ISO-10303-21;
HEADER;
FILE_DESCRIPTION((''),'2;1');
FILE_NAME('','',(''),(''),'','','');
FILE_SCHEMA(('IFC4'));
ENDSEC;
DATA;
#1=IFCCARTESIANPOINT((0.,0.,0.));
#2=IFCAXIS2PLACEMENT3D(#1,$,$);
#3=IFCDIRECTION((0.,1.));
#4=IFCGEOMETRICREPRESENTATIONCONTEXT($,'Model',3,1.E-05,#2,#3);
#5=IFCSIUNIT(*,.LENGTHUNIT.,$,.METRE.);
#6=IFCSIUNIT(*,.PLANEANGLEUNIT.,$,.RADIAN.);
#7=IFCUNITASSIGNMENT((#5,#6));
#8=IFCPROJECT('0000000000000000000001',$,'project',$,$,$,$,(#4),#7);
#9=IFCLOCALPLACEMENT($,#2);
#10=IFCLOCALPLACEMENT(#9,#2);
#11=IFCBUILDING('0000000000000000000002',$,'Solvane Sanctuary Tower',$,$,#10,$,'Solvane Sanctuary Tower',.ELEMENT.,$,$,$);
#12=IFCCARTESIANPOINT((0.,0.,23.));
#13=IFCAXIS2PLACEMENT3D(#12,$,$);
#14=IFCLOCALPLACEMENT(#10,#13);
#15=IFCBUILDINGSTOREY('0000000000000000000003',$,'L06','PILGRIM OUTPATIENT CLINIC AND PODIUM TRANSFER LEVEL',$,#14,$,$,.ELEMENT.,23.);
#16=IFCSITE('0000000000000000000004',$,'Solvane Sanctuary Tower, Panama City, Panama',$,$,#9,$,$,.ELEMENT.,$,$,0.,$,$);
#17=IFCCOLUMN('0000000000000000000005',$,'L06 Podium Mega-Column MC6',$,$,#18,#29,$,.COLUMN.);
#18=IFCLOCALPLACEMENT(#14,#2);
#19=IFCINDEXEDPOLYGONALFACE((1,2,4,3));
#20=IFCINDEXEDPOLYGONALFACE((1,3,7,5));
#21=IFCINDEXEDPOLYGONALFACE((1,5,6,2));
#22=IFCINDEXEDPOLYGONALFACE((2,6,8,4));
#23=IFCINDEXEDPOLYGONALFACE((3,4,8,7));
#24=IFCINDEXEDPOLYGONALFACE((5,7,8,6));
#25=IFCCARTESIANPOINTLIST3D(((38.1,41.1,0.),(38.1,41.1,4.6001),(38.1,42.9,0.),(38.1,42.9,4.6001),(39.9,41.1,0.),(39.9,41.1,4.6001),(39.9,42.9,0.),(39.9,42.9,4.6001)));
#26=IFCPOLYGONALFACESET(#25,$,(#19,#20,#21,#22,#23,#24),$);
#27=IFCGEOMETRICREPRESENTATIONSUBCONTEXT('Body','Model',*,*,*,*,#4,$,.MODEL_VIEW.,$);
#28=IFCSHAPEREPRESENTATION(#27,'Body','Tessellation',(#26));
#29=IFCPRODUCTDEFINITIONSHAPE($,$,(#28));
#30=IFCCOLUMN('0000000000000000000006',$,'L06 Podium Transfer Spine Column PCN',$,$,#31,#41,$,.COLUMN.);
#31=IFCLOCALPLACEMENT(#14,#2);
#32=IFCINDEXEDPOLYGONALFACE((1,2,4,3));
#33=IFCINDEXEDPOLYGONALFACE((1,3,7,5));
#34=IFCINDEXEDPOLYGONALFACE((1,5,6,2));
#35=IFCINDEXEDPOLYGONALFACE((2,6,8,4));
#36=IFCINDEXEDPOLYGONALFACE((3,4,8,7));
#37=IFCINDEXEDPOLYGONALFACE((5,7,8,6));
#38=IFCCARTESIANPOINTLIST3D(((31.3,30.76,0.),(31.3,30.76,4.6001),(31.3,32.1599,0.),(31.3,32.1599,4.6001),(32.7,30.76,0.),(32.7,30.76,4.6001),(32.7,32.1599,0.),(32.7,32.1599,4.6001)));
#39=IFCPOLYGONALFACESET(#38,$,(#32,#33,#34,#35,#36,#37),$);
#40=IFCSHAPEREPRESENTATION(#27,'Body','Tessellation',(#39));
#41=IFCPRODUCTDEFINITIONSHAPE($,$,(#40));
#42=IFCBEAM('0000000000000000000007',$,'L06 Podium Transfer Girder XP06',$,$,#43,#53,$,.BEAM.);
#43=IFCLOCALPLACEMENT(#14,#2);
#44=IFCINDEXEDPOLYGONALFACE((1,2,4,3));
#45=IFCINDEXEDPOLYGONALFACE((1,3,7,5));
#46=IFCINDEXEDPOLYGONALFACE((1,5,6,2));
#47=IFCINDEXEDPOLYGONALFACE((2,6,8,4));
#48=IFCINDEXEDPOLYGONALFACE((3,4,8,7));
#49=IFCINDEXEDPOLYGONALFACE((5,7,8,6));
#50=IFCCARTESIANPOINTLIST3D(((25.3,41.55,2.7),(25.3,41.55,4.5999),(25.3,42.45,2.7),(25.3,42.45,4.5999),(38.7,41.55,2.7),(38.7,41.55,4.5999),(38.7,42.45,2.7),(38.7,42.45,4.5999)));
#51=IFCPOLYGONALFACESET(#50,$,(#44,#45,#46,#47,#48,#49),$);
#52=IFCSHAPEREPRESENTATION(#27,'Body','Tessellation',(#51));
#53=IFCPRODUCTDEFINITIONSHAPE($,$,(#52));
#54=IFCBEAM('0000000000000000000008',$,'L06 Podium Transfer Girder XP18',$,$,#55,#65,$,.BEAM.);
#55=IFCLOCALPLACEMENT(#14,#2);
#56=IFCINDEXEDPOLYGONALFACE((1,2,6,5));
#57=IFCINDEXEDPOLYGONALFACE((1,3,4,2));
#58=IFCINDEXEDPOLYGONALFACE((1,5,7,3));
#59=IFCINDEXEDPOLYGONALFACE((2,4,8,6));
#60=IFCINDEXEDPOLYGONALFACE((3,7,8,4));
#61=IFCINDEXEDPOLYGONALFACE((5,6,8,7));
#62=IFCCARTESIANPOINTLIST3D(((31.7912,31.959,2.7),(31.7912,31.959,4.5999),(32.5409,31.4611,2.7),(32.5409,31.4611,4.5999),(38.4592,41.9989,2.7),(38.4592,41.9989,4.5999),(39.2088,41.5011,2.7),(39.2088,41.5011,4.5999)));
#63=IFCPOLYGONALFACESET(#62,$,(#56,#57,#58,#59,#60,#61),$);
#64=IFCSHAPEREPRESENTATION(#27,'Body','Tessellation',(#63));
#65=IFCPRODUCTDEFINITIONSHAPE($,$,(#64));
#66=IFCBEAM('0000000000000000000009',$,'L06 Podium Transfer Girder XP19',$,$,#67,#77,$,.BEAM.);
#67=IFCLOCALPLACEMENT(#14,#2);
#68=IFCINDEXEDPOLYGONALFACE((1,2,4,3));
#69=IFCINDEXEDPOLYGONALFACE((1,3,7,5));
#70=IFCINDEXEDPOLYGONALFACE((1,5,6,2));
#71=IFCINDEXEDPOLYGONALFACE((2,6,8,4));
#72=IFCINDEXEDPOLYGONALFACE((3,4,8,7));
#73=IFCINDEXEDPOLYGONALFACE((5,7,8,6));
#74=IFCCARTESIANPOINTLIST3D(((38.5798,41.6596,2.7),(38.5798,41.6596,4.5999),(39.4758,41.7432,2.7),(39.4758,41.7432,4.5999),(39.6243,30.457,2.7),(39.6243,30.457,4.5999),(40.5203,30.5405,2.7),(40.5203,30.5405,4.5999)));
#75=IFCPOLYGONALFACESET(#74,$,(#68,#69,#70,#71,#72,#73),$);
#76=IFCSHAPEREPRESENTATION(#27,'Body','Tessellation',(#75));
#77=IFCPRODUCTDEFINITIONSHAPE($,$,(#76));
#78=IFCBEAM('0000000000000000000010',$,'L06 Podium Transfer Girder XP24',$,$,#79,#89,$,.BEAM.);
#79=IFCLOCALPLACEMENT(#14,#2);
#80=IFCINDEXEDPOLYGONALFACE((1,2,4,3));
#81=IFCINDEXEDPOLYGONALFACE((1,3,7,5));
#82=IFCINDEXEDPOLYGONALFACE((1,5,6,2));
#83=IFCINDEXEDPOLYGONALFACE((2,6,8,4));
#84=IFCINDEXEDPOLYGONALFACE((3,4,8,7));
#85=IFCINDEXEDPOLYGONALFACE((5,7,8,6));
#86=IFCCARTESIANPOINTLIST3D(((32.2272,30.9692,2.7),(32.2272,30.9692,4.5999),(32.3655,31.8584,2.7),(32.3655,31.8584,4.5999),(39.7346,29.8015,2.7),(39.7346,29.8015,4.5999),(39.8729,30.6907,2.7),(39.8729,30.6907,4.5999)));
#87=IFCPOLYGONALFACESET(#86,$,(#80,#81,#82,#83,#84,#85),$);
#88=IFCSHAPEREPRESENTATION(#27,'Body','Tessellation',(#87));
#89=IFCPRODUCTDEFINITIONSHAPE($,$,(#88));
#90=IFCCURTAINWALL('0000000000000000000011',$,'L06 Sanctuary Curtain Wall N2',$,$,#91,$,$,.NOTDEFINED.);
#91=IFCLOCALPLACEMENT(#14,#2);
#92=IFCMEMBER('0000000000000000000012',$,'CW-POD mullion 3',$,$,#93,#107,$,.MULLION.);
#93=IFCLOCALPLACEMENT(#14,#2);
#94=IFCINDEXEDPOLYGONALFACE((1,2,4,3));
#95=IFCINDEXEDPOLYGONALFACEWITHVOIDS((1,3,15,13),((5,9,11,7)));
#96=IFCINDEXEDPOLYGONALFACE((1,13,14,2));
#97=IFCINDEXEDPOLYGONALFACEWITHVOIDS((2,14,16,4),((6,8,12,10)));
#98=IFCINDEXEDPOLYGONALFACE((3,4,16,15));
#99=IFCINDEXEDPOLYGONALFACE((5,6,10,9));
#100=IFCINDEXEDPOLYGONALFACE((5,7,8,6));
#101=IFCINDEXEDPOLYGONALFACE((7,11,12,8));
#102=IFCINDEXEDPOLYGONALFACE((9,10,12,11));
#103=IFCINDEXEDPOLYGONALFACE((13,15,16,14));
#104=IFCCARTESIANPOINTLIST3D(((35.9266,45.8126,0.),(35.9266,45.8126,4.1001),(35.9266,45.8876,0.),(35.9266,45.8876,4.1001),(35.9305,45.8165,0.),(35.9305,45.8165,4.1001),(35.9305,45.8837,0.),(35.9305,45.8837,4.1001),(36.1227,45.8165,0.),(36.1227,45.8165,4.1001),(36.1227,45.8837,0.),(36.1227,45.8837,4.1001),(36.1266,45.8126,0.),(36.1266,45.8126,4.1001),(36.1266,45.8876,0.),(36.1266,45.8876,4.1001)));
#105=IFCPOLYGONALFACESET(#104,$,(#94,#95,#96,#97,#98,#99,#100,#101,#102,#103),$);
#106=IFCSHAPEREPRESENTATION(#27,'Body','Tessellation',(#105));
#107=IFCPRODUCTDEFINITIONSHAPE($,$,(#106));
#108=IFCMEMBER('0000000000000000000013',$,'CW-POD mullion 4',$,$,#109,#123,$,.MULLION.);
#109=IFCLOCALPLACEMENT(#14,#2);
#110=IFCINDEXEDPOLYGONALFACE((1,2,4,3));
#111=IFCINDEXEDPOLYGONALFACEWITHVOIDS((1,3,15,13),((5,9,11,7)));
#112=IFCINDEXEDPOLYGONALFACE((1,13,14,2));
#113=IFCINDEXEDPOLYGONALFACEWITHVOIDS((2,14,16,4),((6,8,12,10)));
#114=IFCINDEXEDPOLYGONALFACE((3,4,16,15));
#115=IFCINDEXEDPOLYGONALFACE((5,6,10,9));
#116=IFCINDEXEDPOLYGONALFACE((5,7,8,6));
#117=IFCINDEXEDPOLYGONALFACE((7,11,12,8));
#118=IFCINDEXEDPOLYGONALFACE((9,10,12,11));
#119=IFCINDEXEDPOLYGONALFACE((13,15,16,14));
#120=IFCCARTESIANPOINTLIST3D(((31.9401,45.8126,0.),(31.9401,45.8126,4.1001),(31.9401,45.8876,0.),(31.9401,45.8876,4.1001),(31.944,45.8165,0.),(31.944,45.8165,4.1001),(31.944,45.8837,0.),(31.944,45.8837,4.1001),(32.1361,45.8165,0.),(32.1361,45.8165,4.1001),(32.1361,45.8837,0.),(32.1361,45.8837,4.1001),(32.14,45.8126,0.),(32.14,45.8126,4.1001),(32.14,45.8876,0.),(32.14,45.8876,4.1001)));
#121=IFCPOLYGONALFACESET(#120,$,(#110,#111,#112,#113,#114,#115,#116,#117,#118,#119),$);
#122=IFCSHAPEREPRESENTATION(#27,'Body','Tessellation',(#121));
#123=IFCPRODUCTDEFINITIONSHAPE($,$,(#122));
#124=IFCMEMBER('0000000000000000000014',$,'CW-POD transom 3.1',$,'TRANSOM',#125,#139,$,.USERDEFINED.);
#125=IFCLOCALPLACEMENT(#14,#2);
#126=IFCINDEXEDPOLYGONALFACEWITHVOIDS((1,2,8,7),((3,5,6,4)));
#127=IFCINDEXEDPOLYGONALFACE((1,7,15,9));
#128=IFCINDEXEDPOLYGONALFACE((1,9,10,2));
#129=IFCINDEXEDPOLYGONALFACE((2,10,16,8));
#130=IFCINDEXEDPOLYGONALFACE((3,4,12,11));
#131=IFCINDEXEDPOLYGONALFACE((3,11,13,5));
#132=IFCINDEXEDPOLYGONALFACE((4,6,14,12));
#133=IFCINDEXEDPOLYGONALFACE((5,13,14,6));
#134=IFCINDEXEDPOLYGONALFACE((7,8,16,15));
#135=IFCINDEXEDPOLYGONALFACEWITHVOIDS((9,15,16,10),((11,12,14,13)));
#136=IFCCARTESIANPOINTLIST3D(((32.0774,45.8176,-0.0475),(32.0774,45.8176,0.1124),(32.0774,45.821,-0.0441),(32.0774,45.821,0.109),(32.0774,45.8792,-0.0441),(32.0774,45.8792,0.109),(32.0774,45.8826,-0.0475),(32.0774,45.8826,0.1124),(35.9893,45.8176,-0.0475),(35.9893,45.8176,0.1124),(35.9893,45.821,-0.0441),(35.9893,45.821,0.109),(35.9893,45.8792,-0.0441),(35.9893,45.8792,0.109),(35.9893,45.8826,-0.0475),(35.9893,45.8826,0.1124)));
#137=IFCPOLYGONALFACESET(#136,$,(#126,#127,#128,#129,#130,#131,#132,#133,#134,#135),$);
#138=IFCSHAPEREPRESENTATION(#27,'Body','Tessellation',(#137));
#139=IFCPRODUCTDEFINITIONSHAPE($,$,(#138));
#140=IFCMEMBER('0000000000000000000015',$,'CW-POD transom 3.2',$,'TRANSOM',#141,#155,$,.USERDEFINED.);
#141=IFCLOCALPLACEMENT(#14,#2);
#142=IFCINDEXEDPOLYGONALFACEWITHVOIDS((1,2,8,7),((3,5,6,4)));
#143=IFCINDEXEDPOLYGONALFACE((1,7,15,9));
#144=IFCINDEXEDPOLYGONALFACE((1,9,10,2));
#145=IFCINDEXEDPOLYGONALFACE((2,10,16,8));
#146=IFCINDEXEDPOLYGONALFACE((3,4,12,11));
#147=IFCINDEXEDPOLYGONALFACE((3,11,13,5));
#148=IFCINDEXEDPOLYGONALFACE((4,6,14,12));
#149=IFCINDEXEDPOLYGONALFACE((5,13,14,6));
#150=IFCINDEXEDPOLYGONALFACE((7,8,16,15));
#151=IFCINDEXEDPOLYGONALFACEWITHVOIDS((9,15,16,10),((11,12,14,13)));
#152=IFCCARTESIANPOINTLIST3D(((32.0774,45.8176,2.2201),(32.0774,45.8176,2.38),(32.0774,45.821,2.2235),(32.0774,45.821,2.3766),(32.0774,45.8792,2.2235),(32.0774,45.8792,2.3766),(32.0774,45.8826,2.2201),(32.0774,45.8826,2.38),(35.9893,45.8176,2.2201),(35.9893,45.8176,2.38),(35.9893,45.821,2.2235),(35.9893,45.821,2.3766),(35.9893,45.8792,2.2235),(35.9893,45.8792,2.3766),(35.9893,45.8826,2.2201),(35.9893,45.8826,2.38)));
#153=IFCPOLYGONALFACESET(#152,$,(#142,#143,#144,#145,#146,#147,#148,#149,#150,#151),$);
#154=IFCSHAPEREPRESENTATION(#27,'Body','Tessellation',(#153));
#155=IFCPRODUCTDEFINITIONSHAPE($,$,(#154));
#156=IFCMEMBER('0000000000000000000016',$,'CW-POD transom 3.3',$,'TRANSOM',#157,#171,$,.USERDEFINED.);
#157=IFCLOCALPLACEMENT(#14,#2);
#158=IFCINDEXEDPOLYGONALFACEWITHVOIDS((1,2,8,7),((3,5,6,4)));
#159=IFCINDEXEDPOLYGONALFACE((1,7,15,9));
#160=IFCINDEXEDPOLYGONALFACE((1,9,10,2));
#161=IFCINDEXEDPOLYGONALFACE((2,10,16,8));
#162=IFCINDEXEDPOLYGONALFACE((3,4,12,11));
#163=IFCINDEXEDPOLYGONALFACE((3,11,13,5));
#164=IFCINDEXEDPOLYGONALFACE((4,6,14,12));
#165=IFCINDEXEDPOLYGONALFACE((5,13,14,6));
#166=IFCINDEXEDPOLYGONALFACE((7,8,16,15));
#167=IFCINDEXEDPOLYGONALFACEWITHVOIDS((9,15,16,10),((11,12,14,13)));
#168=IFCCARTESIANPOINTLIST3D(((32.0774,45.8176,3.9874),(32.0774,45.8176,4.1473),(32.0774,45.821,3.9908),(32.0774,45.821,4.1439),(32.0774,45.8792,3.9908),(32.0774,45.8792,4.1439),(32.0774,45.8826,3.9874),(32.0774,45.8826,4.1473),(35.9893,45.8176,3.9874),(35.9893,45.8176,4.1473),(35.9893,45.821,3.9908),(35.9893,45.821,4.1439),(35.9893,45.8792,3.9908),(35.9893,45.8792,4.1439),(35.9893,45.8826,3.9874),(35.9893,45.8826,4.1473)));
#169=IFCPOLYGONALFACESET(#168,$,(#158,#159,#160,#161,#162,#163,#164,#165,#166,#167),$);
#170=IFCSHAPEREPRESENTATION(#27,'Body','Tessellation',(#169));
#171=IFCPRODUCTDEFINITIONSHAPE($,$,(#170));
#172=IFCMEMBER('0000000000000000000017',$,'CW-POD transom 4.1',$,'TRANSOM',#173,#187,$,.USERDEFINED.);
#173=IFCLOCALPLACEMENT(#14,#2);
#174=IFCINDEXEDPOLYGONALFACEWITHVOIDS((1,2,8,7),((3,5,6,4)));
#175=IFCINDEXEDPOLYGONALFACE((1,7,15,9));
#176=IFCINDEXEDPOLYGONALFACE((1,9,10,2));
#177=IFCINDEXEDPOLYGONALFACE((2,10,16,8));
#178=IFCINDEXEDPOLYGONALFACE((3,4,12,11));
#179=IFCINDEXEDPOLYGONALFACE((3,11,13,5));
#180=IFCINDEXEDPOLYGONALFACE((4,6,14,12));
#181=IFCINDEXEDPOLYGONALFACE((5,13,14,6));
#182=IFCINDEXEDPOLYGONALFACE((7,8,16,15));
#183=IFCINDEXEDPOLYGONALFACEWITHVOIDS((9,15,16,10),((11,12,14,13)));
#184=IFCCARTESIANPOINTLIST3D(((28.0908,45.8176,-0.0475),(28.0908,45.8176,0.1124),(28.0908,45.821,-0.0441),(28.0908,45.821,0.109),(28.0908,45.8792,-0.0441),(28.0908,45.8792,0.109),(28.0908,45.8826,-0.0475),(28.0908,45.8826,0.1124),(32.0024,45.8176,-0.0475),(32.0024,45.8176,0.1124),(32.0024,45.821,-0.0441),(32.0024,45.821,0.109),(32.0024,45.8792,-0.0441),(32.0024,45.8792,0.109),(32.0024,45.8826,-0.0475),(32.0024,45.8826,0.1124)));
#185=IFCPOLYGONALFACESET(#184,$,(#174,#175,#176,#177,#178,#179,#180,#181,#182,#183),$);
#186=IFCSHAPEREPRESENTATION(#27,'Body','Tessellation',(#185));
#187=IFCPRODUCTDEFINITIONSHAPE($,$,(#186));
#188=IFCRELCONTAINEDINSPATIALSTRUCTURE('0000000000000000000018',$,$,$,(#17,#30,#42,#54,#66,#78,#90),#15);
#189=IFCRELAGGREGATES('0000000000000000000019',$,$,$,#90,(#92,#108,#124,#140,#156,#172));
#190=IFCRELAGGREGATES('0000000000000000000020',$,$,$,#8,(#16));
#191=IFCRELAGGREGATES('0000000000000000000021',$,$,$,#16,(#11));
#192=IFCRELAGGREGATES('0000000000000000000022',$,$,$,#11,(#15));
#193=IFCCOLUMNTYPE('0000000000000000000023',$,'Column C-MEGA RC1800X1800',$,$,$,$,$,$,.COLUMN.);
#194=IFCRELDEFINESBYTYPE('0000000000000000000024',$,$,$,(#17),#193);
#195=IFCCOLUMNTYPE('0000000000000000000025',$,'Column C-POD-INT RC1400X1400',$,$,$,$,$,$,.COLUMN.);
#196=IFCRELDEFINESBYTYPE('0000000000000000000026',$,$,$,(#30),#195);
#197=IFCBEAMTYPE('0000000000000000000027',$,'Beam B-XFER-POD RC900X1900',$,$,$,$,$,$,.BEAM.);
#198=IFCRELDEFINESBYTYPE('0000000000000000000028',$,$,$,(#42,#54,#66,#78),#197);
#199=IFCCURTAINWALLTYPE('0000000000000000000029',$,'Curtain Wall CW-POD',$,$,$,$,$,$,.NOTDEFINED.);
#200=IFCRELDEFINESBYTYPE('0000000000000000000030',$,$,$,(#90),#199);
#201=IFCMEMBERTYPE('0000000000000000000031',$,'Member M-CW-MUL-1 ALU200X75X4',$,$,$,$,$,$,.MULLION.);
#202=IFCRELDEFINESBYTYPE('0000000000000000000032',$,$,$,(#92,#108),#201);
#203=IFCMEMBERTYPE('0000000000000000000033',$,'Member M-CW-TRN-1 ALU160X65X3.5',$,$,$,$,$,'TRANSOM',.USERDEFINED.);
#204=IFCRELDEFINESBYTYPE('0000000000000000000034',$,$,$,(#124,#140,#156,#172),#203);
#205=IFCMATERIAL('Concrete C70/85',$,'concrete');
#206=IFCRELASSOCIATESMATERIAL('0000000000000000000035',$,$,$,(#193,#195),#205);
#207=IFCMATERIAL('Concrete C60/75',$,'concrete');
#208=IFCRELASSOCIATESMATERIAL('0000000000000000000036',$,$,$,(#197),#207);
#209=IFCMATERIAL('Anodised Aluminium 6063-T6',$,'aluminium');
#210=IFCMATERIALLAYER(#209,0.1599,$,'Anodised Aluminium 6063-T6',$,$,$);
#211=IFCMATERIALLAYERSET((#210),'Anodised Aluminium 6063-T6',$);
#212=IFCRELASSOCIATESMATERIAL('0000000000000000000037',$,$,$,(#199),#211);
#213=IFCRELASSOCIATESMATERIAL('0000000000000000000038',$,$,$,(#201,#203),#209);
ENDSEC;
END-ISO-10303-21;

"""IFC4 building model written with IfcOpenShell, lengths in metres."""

from ifc_helpers import new_model, si_unit, direction, frame, origin, origin_2d, place, context, subcontext, project, spatial, rectangle, hollow_rectangle, extrude, material, layer, layer_set, material_profile, profile_set, type_object, element, aggregate, save


model = new_model("IFC4")

# Units and contexts
model_context = context("Model", 3, precision=1e-05, world=origin(), true_north=direction((0.0, 1.0)))
body_context = subcontext(model_context, "Body", "Model", "MODEL_VIEW")
ifc_project = project(units=[si_unit("LENGTHUNIT", "METRE"), si_unit("PLANEANGLEUNIT", "RADIAN")], contexts=[model_context])

# Site, building, storey
site_placement = place(None, origin())
site = spatial("IfcSite", under=ifc_project, at=site_placement, Name="Solvane Sanctuary Tower, Panama City, Panama", CompositionType="ELEMENT", RefElevation=0.0)
building_placement = place(site_placement, origin())
building = spatial("IfcBuilding", under=site, at=building_placement, Name="Solvane Sanctuary Tower", LongName="Solvane Sanctuary Tower", CompositionType="ELEMENT")
storey_placement = place(building_placement, frame((0.0, 0.0, 23.0)))
storey = spatial("IfcBuildingStorey", under=building, at=storey_placement, Name="L06", Description="PILGRIM OUTPATIENT CLINIC AND PODIUM TRANSFER LEVEL", CompositionType="ELEMENT", Elevation=23.0)

# Columns
ifc_material_1 = material(Name="Concrete C70/85", Category="concrete")
ifc_material_profile_1 = material_profile(ifc_material_1, rectangle(XDim=1.8, YDim=1.8, at=origin_2d()), Name="RC1800X1800")
ifc_profile_set_1 = profile_set([ifc_material_profile_1], Name="Concrete C70/85")
column_type_1 = type_object("IfcColumnType", Name="Column C-MEGA RC1800X1800", PredefinedType="COLUMN", material=ifc_profile_set_1)
column_1_placement = place(storey_placement, frame((39.0, 42.0, 0.0), z_axis=(0.0, 0.0, 1.0), x_axis=(1.0, 0.0, 0.0)))
element("IfcColumn", 1, at=column_1_placement, inside=storey, type_object=column_type_1, Name="L06 Podium Mega-Column MC6", PredefinedType="COLUMN", context=body_context, shape_type="SweptSolid", body=[
    extrude(rectangle(XDim=1.8, YDim=1.8, at=origin_2d()), origin(), (0.0, 0.0, 1.0), 4.6001),
])
ifc_material_profile_2 = material_profile(ifc_material_1, rectangle(XDim=1.3999, YDim=1.3999, at=origin_2d()), Name="RC1400X1400")
ifc_profile_set_2 = profile_set([ifc_material_profile_2], Name="Concrete C70/85")
column_type_2 = type_object("IfcColumnType", Name="Column C-POD-INT RC1400X1400", PredefinedType="COLUMN", material=ifc_profile_set_2)
column_2_placement = place(storey_placement, frame((32.0, 31.46, 0.0), z_axis=(0.0, 0.0, 1.0), x_axis=(1.0, 0.0, 0.0)))
element("IfcColumn", 2, at=column_2_placement, inside=storey, type_object=column_type_2, Name="L06 Podium Transfer Spine Column PCN", PredefinedType="COLUMN", context=body_context, shape_type="SweptSolid", body=[
    extrude(rectangle(XDim=1.3999, YDim=1.3999, at=origin_2d()), origin(), (0.0, 0.0, 1.0), 4.6001),
])

# Beams
ifc_material_2 = material(Name="Concrete C60/75", Category="concrete")
ifc_material_profile_3 = material_profile(ifc_material_2, rectangle(XDim=0.8999, YDim=1.8999, at=origin_2d()), Name="RC900X1900")
ifc_profile_set_3 = profile_set([ifc_material_profile_3], Name="Concrete C60/75")
beam_type = type_object("IfcBeamType", Name="Beam B-XFER-POD RC900X1900", PredefinedType="BEAM", material=ifc_profile_set_3)
beam_1_placement = place(storey_placement, frame((38.7, 42.0, 3.6499), z_axis=(-1.0, 0.0, 0.0), x_axis=(0.0, -1.0, 0.0)))
element("IfcBeam", 3, at=beam_1_placement, inside=storey, type_object=beam_type, Name="L06 Podium Transfer Girder XP06", PredefinedType="BEAM", context=body_context, shape_type="SweptSolid", body=[
    extrude(rectangle(XDim=0.8999, YDim=1.8999, at=origin_2d()), origin(), (0.0, 0.0, 1.0), 13.3999),
])
beam_2_placement = place(storey_placement, frame((38.834, 41.75, 3.6499), z_axis=(-0.553241, -0.833021, 0.0), x_axis=(0.833021, -0.553241, 0.0)))
element("IfcBeam", 4, at=beam_2_placement, inside=storey, type_object=beam_type, Name="L06 Podium Transfer Girder XP18", PredefinedType="BEAM", context=body_context, shape_type="SweptSolid", body=[
    extrude(rectangle(XDim=0.8999, YDim=1.8999, at=origin_2d()), origin(), (0.0, 0.0, 1.0), 12.0525),
])
beam_3_placement = place(storey_placement, frame((39.0278, 41.7014, 3.6499), z_axis=(0.092828, -0.995682, 0.0), x_axis=(0.995682, 0.092828, 0.0)))
element("IfcBeam", 5, at=beam_3_placement, inside=storey, type_object=beam_type, Name="L06 Podium Transfer Girder XP19", PredefinedType="BEAM", context=body_context, shape_type="SweptSolid", body=[
    extrude(rectangle(XDim=0.8999, YDim=1.8999, at=origin_2d()), origin(), (0.0, 0.0, 1.0), 11.2512),
])
beam_4_placement = place(storey_placement, frame((32.2964, 31.4138, 3.6499), z_axis=(0.988118, -0.153697, 0.0), x_axis=(0.153697, 0.988118, 0.0)))
element("IfcBeam", 6, at=beam_4_placement, inside=storey, type_object=beam_type, Name="L06 Podium Transfer Girder XP24", PredefinedType="BEAM", context=body_context, shape_type="SweptSolid", body=[
    extrude(rectangle(XDim=0.8999, YDim=1.8999, at=origin_2d()), origin(), (0.0, 0.0, 1.0), 7.5977),
])

# Curtain wall, members
ifc_material_3 = material(Name="Anodised Aluminium 6063-T6", Category="aluminium")
ifc_layer_1 = layer(ifc_material_3, 0.1599, Name="Anodised Aluminium 6063-T6")
ifc_layer_set_1 = layer_set([ifc_layer_1], Name="Anodised Aluminium 6063-T6")
curtain_wall_type = type_object("IfcCurtainWallType", Name="Curtain Wall CW-POD", PredefinedType="NOTDEFINED", material=ifc_layer_set_1)
curtain_wall_placement = place(storey_placement, origin())
curtain_wall = element("IfcCurtainWall", 7, at=curtain_wall_placement, inside=storey, type_object=curtain_wall_type, Name="L06 Sanctuary Curtain Wall N2", PredefinedType="NOTDEFINED")
ifc_material_profile_4 = material_profile(ifc_material_3, hollow_rectangle(XDim=0.075, YDim=0.2, WallThickness=0.0039, at=origin_2d()), Name="ALU200X75X4")
ifc_profile_set_4 = profile_set([ifc_material_profile_4], Name="Anodised Aluminium 6063-T6")
member_type_1 = type_object("IfcMemberType", Name="Member M-CW-MUL-1 ALU200X75X4", PredefinedType="MULLION", material=ifc_profile_set_4)
member_1_placement = place(storey_placement, frame((36.0266, 45.8501, 0.0), z_axis=(0.0, 0.0, 1.0), x_axis=(0.0, -1.0, 0.0)))
member_1 = element("IfcMember", 8, at=member_1_placement, type_object=member_type_1, Name="CW-POD mullion 3", PredefinedType="MULLION", context=body_context, shape_type="SweptSolid", body=[
    extrude(hollow_rectangle(XDim=0.075, YDim=0.2, WallThickness=0.0039, at=origin_2d()), origin(), (0.0, 0.0, 1.0), 4.1001),
])
member_2_placement = place(storey_placement, frame((32.04, 45.8501, 0.0), z_axis=(0.0, 0.0, 1.0), x_axis=(0.0, -1.0, 0.0)))
member_2 = element("IfcMember", 9, at=member_2_placement, type_object=member_type_1, Name="CW-POD mullion 4", PredefinedType="MULLION", context=body_context, shape_type="SweptSolid", body=[
    extrude(hollow_rectangle(XDim=0.075, YDim=0.2, WallThickness=0.0039, at=origin_2d()), origin(), (0.0, 0.0, 1.0), 4.1001),
])
ifc_material_profile_5 = material_profile(ifc_material_3, hollow_rectangle(XDim=0.0649, YDim=0.1599, WallThickness=0.0034, at=origin_2d()), Name="ALU160X65X3.5")
ifc_profile_set_5 = profile_set([ifc_material_profile_5], Name="Anodised Aluminium 6063-T6")
member_type_2 = type_object("IfcMemberType", Name="Member M-CW-TRN-1 ALU160X65X3.5", ElementType="TRANSOM", PredefinedType="USERDEFINED", material=ifc_profile_set_5)
member_3_placement = place(storey_placement, frame((35.9893, 45.8501, 0.0325), z_axis=(-1.0, 0.0, 0.0), x_axis=(0.0, -1.0, 0.0)))
member_3 = element("IfcMember", 10, at=member_3_placement, type_object=member_type_2, Name="CW-POD transom 3.1", ObjectType="TRANSOM", PredefinedType="USERDEFINED", context=body_context, shape_type="SweptSolid", body=[
    extrude(hollow_rectangle(XDim=0.0649, YDim=0.1599, WallThickness=0.0034, at=origin_2d()), origin(), (0.0, 0.0, 1.0), 3.9119),
])
member_4_placement = place(storey_placement, frame((35.9893, 45.8501, 2.3), z_axis=(-1.0, 0.0, 0.0), x_axis=(0.0, -1.0, 0.0)))
member_4 = element("IfcMember", 11, at=member_4_placement, type_object=member_type_2, Name="CW-POD transom 3.2", ObjectType="TRANSOM", PredefinedType="USERDEFINED", context=body_context, shape_type="SweptSolid", body=[
    extrude(hollow_rectangle(XDim=0.0649, YDim=0.1599, WallThickness=0.0034, at=origin_2d()), origin(), (0.0, 0.0, 1.0), 3.9119),
])
member_5_placement = place(storey_placement, frame((35.9893, 45.8501, 4.0674), z_axis=(-1.0, 0.0, 0.0), x_axis=(0.0, -1.0, 0.0)))
member_5 = element("IfcMember", 12, at=member_5_placement, type_object=member_type_2, Name="CW-POD transom 3.3", ObjectType="TRANSOM", PredefinedType="USERDEFINED", context=body_context, shape_type="SweptSolid", body=[
    extrude(hollow_rectangle(XDim=0.0649, YDim=0.1599, WallThickness=0.0034, at=origin_2d()), origin(), (0.0, 0.0, 1.0), 3.9119),
])
member_6_placement = place(storey_placement, frame((32.0024, 45.8501, 0.0325), z_axis=(-1.0, 0.0, 0.0), x_axis=(0.0, -1.0, 0.0)))
member_6 = element("IfcMember", 13, at=member_6_placement, type_object=member_type_2, Name="CW-POD transom 4.1", ObjectType="TRANSOM", PredefinedType="USERDEFINED", context=body_context, shape_type="SweptSolid", body=[
    extrude(hollow_rectangle(XDim=0.0649, YDim=0.1599, WallThickness=0.0034, at=origin_2d()), origin(), (0.0, 0.0, 1.0), 3.9116),
])
aggregate(curtain_wall, [member_1, member_2, member_3, member_4, member_5, member_6])

save(model, "model.ifc")
